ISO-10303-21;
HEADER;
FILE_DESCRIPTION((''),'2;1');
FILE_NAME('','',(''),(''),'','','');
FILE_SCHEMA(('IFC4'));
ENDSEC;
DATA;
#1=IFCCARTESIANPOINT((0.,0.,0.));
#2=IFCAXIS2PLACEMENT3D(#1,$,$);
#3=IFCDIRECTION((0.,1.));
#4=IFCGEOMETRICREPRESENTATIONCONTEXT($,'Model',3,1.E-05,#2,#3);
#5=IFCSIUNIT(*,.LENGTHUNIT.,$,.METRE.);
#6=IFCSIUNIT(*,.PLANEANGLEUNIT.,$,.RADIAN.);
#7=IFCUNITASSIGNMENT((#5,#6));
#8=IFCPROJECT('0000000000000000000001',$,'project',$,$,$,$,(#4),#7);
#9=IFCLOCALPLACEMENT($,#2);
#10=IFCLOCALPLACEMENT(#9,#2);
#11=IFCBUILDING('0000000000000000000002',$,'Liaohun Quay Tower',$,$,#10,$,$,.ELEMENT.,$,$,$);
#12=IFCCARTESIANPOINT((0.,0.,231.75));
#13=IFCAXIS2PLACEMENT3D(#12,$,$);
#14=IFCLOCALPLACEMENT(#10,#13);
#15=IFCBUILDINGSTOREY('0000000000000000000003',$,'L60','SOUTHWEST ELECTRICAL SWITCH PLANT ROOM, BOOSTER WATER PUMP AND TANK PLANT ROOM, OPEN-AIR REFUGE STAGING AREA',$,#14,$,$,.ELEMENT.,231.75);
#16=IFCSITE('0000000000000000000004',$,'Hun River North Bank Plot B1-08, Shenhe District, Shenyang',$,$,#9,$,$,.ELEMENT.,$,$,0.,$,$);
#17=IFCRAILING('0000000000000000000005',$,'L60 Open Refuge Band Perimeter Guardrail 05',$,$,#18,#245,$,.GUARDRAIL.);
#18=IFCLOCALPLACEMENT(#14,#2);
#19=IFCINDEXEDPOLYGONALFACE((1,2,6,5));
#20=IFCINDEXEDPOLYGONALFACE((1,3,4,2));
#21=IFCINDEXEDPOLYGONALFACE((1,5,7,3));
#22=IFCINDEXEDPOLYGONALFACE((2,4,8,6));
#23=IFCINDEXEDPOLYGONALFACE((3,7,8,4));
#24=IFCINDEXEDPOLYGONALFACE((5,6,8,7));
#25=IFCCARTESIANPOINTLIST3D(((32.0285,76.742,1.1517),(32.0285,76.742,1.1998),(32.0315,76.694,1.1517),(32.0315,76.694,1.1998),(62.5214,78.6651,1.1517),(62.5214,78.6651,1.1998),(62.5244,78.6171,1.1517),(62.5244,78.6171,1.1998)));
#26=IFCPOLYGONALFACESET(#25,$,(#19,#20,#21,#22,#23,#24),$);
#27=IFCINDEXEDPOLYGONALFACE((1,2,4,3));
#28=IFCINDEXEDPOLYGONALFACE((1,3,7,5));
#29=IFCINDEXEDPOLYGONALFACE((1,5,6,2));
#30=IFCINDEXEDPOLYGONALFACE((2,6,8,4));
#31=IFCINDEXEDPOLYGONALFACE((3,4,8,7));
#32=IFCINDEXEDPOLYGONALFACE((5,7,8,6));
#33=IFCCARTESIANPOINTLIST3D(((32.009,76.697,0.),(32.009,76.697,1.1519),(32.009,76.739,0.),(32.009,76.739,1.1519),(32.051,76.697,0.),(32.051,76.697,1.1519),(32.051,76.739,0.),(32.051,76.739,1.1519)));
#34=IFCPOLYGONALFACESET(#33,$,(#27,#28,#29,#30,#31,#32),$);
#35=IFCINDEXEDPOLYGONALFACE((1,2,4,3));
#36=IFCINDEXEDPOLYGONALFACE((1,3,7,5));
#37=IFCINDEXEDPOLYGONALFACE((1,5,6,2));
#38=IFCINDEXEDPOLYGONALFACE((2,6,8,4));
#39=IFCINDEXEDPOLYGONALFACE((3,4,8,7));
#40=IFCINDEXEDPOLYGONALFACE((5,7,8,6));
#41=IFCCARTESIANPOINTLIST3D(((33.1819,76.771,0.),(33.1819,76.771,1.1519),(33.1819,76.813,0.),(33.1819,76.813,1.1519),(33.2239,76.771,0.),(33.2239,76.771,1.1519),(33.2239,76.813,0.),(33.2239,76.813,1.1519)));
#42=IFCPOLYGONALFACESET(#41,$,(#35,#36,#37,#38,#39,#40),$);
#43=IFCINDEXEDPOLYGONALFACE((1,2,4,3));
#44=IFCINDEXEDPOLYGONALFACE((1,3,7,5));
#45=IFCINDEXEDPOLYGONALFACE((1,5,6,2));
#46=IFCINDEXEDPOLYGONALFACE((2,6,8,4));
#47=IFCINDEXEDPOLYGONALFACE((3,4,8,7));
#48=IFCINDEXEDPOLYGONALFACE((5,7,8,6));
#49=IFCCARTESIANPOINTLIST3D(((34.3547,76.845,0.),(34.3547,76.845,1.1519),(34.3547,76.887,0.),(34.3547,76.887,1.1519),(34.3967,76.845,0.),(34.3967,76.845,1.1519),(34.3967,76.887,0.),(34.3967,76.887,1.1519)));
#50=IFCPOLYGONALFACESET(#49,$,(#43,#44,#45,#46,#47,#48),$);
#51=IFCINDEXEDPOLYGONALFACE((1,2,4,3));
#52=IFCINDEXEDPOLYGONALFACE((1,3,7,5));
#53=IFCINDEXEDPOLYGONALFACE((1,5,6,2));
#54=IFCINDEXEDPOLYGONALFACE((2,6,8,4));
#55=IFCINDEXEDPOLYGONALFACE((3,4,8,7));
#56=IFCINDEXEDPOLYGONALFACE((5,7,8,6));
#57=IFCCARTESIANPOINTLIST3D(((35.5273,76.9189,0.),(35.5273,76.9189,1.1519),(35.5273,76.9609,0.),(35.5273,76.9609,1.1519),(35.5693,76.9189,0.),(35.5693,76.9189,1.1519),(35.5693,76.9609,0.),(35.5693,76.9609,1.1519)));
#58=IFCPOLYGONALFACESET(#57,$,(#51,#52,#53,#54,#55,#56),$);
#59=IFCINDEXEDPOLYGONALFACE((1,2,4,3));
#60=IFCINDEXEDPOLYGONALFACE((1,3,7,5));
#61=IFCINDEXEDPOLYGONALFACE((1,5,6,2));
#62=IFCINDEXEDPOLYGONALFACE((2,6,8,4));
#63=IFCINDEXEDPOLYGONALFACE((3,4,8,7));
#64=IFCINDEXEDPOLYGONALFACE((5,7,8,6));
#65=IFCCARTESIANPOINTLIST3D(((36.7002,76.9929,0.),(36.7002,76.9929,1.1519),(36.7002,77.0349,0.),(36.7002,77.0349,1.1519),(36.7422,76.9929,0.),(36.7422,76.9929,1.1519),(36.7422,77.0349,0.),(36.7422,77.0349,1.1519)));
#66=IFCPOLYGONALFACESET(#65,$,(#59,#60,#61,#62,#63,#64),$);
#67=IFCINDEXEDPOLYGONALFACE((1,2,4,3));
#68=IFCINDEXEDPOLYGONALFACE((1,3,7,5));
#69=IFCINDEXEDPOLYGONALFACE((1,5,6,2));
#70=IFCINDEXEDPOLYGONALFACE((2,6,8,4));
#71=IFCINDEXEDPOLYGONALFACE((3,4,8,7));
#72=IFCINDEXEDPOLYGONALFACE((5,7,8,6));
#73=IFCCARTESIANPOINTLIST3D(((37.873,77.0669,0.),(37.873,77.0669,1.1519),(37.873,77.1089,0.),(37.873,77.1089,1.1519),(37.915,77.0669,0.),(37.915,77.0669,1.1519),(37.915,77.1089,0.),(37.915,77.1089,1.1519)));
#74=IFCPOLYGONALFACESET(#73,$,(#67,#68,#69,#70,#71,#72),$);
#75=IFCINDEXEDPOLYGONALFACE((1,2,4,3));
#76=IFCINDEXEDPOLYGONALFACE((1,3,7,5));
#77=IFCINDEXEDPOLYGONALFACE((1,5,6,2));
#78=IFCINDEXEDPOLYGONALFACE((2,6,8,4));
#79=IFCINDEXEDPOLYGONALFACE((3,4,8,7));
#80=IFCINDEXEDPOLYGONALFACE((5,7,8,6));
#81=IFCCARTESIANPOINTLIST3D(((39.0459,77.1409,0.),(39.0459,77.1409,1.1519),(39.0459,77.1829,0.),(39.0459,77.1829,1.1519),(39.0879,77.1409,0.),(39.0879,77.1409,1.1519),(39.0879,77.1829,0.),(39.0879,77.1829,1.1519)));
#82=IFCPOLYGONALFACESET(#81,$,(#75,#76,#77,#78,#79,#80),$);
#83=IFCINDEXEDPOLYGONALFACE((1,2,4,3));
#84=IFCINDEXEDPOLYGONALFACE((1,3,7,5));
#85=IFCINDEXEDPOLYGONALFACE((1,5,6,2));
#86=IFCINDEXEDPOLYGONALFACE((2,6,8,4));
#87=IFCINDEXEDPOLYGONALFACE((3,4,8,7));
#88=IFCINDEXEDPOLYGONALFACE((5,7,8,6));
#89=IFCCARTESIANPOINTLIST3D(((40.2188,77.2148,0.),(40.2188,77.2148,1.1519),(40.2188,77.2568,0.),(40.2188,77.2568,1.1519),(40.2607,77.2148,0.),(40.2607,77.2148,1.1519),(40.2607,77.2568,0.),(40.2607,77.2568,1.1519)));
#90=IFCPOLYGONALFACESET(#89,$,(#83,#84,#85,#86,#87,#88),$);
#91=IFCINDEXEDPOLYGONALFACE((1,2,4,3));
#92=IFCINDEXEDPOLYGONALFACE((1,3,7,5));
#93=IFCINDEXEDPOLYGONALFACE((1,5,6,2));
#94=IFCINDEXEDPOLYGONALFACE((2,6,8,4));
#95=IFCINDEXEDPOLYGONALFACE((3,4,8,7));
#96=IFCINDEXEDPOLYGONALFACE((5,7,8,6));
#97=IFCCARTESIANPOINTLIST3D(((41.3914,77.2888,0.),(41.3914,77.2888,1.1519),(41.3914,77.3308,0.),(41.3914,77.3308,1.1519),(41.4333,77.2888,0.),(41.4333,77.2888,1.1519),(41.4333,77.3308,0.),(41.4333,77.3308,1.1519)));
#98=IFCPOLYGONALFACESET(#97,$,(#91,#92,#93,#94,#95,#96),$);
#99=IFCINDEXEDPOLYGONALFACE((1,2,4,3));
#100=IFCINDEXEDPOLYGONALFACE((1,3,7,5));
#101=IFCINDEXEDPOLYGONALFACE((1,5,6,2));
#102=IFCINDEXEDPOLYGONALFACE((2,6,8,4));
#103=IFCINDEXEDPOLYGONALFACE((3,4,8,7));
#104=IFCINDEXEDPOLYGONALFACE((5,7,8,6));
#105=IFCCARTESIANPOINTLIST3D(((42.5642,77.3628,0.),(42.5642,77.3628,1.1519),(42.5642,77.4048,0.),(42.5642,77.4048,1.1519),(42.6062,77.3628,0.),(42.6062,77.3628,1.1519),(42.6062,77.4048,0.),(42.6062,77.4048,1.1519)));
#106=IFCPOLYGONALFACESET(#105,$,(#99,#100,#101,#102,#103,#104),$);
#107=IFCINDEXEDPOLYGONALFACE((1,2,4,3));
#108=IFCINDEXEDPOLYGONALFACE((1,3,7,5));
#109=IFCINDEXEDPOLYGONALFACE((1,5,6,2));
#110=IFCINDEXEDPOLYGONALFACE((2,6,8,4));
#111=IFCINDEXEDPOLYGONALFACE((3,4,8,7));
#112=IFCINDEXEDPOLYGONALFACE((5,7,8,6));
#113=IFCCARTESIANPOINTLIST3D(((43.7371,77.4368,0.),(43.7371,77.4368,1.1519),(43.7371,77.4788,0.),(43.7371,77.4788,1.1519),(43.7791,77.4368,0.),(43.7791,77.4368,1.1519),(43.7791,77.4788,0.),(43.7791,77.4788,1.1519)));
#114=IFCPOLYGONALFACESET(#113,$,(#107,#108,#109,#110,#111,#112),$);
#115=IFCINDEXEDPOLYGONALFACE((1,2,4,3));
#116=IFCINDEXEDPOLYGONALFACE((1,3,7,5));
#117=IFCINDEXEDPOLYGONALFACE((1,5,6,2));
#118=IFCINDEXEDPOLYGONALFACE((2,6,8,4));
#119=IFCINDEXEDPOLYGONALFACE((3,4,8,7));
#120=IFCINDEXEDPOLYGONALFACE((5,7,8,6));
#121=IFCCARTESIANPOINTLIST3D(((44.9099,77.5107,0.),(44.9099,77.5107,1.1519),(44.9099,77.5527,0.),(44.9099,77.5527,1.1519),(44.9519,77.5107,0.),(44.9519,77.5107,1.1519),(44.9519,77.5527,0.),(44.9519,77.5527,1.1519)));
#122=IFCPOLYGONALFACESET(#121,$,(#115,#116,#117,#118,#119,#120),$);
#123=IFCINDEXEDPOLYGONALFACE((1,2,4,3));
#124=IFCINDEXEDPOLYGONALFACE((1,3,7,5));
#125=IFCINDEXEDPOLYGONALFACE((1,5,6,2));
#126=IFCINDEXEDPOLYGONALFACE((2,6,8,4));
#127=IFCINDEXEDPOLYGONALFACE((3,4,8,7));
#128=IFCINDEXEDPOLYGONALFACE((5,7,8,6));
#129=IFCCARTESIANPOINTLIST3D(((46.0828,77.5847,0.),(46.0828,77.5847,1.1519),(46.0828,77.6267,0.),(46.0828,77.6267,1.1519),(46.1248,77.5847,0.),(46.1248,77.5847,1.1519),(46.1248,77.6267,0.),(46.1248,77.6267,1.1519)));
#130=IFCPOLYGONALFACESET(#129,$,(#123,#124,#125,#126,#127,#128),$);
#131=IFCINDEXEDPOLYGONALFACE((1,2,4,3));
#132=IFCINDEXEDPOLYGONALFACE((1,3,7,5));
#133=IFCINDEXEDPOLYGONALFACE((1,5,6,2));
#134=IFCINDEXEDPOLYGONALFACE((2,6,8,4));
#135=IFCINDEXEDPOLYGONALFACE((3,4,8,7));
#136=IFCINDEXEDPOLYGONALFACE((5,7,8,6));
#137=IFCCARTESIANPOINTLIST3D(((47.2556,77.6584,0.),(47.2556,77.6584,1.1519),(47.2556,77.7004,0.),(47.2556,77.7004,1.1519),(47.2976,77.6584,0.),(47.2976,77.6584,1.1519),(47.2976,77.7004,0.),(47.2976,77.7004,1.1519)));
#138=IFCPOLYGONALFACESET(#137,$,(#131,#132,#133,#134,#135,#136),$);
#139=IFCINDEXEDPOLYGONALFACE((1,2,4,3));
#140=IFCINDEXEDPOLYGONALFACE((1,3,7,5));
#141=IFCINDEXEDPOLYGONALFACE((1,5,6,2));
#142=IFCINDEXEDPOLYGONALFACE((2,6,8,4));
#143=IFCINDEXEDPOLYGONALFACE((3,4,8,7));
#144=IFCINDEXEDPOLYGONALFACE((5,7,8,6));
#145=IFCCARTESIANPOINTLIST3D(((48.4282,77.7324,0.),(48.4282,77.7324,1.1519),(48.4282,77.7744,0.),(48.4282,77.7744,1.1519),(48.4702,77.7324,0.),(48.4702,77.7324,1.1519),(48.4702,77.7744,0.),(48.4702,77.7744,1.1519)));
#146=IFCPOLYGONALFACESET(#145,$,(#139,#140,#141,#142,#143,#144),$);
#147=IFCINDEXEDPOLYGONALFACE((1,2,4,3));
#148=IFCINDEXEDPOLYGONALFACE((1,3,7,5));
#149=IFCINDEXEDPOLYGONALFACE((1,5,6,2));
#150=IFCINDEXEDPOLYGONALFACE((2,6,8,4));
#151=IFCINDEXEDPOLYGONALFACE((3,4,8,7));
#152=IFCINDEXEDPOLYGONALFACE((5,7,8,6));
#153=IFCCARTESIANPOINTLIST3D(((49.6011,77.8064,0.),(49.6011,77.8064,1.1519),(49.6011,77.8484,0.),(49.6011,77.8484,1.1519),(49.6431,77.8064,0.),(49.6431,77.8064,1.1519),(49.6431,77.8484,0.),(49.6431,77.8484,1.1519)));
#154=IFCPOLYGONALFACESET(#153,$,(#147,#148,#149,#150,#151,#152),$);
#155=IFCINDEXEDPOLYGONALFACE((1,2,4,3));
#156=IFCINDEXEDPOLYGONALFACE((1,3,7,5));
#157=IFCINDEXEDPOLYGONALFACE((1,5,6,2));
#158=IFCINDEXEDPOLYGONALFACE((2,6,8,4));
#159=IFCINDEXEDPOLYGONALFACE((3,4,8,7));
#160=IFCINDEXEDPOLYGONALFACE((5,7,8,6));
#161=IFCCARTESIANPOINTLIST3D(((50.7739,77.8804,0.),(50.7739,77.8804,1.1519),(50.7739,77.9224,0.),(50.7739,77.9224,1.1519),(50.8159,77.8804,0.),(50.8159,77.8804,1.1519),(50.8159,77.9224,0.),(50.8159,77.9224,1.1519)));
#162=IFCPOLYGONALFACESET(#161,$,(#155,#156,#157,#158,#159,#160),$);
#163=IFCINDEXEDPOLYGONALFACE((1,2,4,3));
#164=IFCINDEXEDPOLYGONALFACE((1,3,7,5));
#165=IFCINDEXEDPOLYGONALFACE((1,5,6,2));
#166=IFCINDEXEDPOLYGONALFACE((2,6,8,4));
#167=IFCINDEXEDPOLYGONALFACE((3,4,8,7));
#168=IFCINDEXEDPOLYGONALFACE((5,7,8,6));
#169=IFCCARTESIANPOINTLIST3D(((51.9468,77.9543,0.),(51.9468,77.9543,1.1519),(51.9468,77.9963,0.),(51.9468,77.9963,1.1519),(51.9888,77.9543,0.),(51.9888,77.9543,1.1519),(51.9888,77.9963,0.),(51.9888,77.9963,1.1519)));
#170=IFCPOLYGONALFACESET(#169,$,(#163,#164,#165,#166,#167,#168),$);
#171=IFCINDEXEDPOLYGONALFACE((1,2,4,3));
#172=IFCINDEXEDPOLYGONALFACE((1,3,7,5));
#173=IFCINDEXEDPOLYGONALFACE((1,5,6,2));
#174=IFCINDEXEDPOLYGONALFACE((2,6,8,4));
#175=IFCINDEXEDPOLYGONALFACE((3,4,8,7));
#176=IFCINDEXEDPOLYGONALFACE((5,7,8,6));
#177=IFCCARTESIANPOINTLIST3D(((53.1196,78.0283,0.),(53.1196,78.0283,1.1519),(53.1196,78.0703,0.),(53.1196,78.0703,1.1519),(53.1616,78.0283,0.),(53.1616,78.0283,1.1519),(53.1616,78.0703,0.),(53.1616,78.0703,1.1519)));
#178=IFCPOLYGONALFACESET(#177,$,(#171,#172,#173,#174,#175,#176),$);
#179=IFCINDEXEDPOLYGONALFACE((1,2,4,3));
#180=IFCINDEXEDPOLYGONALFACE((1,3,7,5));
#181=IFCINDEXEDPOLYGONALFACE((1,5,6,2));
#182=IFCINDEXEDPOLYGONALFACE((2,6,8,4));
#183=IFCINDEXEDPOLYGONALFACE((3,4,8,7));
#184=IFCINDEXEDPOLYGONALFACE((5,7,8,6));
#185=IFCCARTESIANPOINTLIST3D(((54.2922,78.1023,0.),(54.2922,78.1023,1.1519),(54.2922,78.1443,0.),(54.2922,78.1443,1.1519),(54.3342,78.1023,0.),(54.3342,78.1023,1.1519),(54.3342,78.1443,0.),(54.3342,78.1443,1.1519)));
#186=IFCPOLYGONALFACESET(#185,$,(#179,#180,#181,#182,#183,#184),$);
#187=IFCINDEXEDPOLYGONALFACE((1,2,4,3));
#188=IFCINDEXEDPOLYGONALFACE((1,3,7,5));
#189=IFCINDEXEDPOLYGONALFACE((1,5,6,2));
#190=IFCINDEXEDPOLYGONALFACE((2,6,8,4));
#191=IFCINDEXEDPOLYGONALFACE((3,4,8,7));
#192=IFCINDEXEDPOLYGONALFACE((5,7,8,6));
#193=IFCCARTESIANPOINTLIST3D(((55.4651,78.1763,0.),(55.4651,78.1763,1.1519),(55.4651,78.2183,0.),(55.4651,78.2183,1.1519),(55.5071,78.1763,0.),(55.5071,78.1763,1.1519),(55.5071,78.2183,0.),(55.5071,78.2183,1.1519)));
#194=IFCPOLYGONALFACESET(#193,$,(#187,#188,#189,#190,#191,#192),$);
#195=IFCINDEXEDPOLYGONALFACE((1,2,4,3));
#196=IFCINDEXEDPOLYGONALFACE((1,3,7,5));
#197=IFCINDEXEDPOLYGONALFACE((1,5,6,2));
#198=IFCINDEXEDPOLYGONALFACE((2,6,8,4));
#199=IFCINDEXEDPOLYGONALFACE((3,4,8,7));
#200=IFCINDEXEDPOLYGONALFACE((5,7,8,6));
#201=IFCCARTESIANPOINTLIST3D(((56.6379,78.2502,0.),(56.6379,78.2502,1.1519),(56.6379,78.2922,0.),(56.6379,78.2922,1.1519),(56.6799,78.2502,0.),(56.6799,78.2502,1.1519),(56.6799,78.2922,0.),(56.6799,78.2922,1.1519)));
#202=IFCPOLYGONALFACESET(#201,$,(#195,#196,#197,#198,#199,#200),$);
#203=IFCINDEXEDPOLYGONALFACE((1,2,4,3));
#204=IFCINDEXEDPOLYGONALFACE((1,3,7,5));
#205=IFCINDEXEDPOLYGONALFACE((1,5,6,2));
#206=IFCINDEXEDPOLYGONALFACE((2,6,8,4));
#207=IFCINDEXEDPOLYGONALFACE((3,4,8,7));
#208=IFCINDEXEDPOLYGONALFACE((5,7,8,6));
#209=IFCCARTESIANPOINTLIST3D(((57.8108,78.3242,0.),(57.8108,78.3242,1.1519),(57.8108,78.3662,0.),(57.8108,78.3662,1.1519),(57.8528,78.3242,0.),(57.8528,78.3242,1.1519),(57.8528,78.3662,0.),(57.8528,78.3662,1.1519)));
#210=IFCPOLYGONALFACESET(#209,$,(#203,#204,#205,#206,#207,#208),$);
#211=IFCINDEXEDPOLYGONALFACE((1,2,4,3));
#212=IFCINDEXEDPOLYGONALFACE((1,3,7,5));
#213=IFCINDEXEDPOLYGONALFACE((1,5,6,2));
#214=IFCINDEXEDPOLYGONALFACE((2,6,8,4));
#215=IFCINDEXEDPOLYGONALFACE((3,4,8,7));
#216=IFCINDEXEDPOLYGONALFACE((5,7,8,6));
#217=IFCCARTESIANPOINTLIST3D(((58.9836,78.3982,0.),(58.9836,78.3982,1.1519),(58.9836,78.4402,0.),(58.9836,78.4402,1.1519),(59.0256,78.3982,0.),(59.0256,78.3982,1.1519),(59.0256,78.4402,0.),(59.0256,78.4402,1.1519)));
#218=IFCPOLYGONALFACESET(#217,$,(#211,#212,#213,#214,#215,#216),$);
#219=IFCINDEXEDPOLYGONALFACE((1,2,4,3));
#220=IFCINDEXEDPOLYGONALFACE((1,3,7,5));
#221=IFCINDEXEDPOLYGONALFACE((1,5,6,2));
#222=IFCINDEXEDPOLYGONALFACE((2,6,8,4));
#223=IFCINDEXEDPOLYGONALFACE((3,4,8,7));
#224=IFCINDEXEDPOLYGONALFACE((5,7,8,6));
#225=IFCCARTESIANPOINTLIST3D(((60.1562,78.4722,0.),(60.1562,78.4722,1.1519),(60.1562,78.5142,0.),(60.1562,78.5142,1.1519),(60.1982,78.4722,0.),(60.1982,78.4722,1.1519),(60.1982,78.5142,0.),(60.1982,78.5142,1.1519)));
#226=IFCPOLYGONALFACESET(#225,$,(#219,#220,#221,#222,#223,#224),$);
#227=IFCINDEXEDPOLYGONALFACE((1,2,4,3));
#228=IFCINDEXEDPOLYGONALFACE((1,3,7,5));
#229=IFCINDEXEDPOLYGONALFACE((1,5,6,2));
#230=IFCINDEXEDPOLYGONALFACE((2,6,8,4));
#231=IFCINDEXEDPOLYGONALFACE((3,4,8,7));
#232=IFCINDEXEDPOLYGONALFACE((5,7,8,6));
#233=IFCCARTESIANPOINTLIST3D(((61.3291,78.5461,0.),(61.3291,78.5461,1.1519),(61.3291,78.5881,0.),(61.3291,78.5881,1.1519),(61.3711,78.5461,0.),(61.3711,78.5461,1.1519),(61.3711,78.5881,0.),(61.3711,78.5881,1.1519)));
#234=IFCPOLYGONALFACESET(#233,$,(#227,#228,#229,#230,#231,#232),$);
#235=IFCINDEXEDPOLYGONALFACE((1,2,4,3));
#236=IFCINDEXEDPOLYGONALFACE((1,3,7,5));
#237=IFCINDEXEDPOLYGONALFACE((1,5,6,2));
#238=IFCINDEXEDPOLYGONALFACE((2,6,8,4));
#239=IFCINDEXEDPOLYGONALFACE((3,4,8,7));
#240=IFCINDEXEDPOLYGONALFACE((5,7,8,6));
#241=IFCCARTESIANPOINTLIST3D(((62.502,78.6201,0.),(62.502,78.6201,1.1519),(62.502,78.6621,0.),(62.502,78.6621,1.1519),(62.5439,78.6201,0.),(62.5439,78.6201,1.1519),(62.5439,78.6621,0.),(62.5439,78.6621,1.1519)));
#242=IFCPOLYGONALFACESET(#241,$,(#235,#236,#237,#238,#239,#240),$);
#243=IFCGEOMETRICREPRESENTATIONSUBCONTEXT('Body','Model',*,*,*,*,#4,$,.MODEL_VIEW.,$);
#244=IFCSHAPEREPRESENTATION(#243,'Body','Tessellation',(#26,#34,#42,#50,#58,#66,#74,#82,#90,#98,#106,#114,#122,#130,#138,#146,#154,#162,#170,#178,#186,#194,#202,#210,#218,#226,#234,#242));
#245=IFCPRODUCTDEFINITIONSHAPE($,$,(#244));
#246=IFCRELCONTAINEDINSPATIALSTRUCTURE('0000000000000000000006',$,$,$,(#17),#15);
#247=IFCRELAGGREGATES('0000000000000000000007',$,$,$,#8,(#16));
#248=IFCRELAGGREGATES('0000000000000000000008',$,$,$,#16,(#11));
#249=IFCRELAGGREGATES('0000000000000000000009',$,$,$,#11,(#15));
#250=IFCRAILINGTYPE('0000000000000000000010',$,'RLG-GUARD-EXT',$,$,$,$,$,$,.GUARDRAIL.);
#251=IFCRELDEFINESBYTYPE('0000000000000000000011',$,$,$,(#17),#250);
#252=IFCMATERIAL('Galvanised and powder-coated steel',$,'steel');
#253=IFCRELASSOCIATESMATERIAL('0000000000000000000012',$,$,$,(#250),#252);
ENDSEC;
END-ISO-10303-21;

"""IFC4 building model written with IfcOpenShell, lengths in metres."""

from ifc_helpers import new_model, si_unit, direction, frame, origin, origin_2d, place, context, subcontext, project, spatial, rectangle, extrude, material, type_object, element, save


model = new_model("IFC4")

# Units and contexts
model_context = context("Model", 3, precision=1e-05, world=origin(), true_north=direction((0.0, 1.0)))
body_context = subcontext(model_context, "Body", "Model", "MODEL_VIEW")
ifc_project = project(units=[si_unit("LENGTHUNIT", "METRE"), si_unit("PLANEANGLEUNIT", "RADIAN")], contexts=[model_context])

# Site, building, storey
site_placement = place(None, origin())
site = spatial("IfcSite", under=ifc_project, at=site_placement, Name="Hun River North Bank Plot B1-08, Shenhe District, Shenyang", CompositionType="ELEMENT", RefElevation=0.0)
building_placement = place(site_placement, origin())
building = spatial("IfcBuilding", under=site, at=building_placement, Name="Liaohun Quay Tower", CompositionType="ELEMENT")
storey_placement = place(building_placement, frame((0.0, 0.0, 231.75)))
storey = spatial("IfcBuildingStorey", under=building, at=storey_placement, Name="L60", Description="SOUTHWEST ELECTRICAL SWITCH PLANT ROOM, BOOSTER WATER PUMP AND TANK PLANT ROOM, OPEN-AIR REFUGE STAGING AREA", CompositionType="ELEMENT", Elevation=231.75)

# Railing
ifc_material_1 = material(Name="Galvanised and powder-coated steel", Category="steel")
railing_type = type_object("IfcRailingType", Name="RLG-GUARD-EXT", PredefinedType="GUARDRAIL", material=ifc_material_1)
railing_1_placement = place(storey_placement, frame((32.03, 76.718, 0.0)))
element("IfcRailing", 1, at=railing_1_placement, inside=storey, type_object=railing_type, Name="L60 Open Refuge Band Perimeter Guardrail 05", PredefinedType="GUARDRAIL", context=body_context, shape_type="SweptSolid", body=[
    extrude(rectangle(XDim=0.0481, YDim=0.0481, at=origin_2d()), frame((0.0, 0.0, 1.1758), z_axis=(0.998017, 0.062942, 0.0), x_axis=(-0.062942, 0.998017, 0.0)), (0.0, 0.0, 1.0), 30.5535),
    extrude(rectangle(XDim=0.042, YDim=0.042, at=origin_2d()), origin(), (0.0, 0.0, 1.0), 1.1519),
    extrude(rectangle(XDim=0.042, YDim=0.042, at=origin_2d()), frame((1.1729, 0.074, 0.0)), (0.0, 0.0, 1.0), 1.1519),
    extrude(rectangle(XDim=0.042, YDim=0.042, at=origin_2d()), frame((2.3457, 0.1479, 0.0)), (0.0, 0.0, 1.0), 1.1519),
    extrude(rectangle(XDim=0.042, YDim=0.042, at=origin_2d()), frame((3.5183, 0.2219, 0.0)), (0.0, 0.0, 1.0), 1.1519),
    extrude(rectangle(XDim=0.042, YDim=0.042, at=origin_2d()), frame((4.6912, 0.2959, 0.0)), (0.0, 0.0, 1.0), 1.1519),
    extrude(rectangle(XDim=0.042, YDim=0.042, at=origin_2d()), frame((5.864, 0.3699, 0.0)), (0.0, 0.0, 1.0), 1.1519),
    extrude(rectangle(XDim=0.042, YDim=0.042, at=origin_2d()), frame((7.0369, 0.4438, 0.0)), (0.0, 0.0, 1.0), 1.1519),
    extrude(rectangle(XDim=0.042, YDim=0.042, at=origin_2d()), frame((8.2097, 0.5178, 0.0)), (0.0, 0.0, 1.0), 1.1519),
    extrude(rectangle(XDim=0.042, YDim=0.042, at=origin_2d()), frame((9.3823, 0.5918, 0.0)), (0.0, 0.0, 1.0), 1.1519),
    extrude(rectangle(XDim=0.042, YDim=0.042, at=origin_2d()), frame((10.5552, 0.6658, 0.0)), (0.0, 0.0, 1.0), 1.1519),
    extrude(rectangle(XDim=0.042, YDim=0.042, at=origin_2d()), frame((11.728, 0.7397, 0.0)), (0.0, 0.0, 1.0), 1.1519),
    extrude(rectangle(XDim=0.042, YDim=0.042, at=origin_2d()), frame((12.9009, 0.8137, 0.0)), (0.0, 0.0, 1.0), 1.1519),
    extrude(rectangle(XDim=0.042, YDim=0.042, at=origin_2d()), frame((14.0737, 0.8877, 0.0)), (0.0, 0.0, 1.0), 1.1519),
    extrude(rectangle(XDim=0.042, YDim=0.042, at=origin_2d()), frame((15.2466, 0.9614, 0.0)), (0.0, 0.0, 1.0), 1.1519),
    extrude(rectangle(XDim=0.042, YDim=0.042, at=origin_2d()), frame((16.4192, 1.0354, 0.0)), (0.0, 0.0, 1.0), 1.1519),
    extrude(rectangle(XDim=0.042, YDim=0.042, at=origin_2d()), frame((17.592, 1.1094, 0.0)), (0.0, 0.0, 1.0), 1.1519),
    extrude(rectangle(XDim=0.042, YDim=0.042, at=origin_2d()), frame((18.7649, 1.1833, 0.0)), (0.0, 0.0, 1.0), 1.1519),
    extrude(rectangle(XDim=0.042, YDim=0.042, at=origin_2d()), frame((19.9377, 1.2573, 0.0)), (0.0, 0.0, 1.0), 1.1519),
    extrude(rectangle(XDim=0.042, YDim=0.042, at=origin_2d()), frame((21.1106, 1.3313, 0.0)), (0.0, 0.0, 1.0), 1.1519),
    extrude(rectangle(XDim=0.042, YDim=0.042, at=origin_2d()), frame((22.2832, 1.4053, 0.0)), (0.0, 0.0, 1.0), 1.1519),
    extrude(rectangle(XDim=0.042, YDim=0.042, at=origin_2d()), frame((23.4561, 1.4792, 0.0)), (0.0, 0.0, 1.0), 1.1519),
    extrude(rectangle(XDim=0.042, YDim=0.042, at=origin_2d()), frame((24.6289, 1.5532, 0.0)), (0.0, 0.0, 1.0), 1.1519),
    extrude(rectangle(XDim=0.042, YDim=0.042, at=origin_2d()), frame((25.8018, 1.6272, 0.0)), (0.0, 0.0, 1.0), 1.1519),
    extrude(rectangle(XDim=0.042, YDim=0.042, at=origin_2d()), frame((26.9746, 1.7012, 0.0)), (0.0, 0.0, 1.0), 1.1519),
    extrude(rectangle(XDim=0.042, YDim=0.042, at=origin_2d()), frame((28.1472, 1.7751, 0.0)), (0.0, 0.0, 1.0), 1.1519),
    extrude(rectangle(XDim=0.042, YDim=0.042, at=origin_2d()), frame((29.3201, 1.8491, 0.0)), (0.0, 0.0, 1.0), 1.1519),
    extrude(rectangle(XDim=0.042, YDim=0.042, at=origin_2d()), frame((30.4929, 1.9231, 0.0)), (0.0, 0.0, 1.0), 1.1519),
])

save(model, "model.ifc")
